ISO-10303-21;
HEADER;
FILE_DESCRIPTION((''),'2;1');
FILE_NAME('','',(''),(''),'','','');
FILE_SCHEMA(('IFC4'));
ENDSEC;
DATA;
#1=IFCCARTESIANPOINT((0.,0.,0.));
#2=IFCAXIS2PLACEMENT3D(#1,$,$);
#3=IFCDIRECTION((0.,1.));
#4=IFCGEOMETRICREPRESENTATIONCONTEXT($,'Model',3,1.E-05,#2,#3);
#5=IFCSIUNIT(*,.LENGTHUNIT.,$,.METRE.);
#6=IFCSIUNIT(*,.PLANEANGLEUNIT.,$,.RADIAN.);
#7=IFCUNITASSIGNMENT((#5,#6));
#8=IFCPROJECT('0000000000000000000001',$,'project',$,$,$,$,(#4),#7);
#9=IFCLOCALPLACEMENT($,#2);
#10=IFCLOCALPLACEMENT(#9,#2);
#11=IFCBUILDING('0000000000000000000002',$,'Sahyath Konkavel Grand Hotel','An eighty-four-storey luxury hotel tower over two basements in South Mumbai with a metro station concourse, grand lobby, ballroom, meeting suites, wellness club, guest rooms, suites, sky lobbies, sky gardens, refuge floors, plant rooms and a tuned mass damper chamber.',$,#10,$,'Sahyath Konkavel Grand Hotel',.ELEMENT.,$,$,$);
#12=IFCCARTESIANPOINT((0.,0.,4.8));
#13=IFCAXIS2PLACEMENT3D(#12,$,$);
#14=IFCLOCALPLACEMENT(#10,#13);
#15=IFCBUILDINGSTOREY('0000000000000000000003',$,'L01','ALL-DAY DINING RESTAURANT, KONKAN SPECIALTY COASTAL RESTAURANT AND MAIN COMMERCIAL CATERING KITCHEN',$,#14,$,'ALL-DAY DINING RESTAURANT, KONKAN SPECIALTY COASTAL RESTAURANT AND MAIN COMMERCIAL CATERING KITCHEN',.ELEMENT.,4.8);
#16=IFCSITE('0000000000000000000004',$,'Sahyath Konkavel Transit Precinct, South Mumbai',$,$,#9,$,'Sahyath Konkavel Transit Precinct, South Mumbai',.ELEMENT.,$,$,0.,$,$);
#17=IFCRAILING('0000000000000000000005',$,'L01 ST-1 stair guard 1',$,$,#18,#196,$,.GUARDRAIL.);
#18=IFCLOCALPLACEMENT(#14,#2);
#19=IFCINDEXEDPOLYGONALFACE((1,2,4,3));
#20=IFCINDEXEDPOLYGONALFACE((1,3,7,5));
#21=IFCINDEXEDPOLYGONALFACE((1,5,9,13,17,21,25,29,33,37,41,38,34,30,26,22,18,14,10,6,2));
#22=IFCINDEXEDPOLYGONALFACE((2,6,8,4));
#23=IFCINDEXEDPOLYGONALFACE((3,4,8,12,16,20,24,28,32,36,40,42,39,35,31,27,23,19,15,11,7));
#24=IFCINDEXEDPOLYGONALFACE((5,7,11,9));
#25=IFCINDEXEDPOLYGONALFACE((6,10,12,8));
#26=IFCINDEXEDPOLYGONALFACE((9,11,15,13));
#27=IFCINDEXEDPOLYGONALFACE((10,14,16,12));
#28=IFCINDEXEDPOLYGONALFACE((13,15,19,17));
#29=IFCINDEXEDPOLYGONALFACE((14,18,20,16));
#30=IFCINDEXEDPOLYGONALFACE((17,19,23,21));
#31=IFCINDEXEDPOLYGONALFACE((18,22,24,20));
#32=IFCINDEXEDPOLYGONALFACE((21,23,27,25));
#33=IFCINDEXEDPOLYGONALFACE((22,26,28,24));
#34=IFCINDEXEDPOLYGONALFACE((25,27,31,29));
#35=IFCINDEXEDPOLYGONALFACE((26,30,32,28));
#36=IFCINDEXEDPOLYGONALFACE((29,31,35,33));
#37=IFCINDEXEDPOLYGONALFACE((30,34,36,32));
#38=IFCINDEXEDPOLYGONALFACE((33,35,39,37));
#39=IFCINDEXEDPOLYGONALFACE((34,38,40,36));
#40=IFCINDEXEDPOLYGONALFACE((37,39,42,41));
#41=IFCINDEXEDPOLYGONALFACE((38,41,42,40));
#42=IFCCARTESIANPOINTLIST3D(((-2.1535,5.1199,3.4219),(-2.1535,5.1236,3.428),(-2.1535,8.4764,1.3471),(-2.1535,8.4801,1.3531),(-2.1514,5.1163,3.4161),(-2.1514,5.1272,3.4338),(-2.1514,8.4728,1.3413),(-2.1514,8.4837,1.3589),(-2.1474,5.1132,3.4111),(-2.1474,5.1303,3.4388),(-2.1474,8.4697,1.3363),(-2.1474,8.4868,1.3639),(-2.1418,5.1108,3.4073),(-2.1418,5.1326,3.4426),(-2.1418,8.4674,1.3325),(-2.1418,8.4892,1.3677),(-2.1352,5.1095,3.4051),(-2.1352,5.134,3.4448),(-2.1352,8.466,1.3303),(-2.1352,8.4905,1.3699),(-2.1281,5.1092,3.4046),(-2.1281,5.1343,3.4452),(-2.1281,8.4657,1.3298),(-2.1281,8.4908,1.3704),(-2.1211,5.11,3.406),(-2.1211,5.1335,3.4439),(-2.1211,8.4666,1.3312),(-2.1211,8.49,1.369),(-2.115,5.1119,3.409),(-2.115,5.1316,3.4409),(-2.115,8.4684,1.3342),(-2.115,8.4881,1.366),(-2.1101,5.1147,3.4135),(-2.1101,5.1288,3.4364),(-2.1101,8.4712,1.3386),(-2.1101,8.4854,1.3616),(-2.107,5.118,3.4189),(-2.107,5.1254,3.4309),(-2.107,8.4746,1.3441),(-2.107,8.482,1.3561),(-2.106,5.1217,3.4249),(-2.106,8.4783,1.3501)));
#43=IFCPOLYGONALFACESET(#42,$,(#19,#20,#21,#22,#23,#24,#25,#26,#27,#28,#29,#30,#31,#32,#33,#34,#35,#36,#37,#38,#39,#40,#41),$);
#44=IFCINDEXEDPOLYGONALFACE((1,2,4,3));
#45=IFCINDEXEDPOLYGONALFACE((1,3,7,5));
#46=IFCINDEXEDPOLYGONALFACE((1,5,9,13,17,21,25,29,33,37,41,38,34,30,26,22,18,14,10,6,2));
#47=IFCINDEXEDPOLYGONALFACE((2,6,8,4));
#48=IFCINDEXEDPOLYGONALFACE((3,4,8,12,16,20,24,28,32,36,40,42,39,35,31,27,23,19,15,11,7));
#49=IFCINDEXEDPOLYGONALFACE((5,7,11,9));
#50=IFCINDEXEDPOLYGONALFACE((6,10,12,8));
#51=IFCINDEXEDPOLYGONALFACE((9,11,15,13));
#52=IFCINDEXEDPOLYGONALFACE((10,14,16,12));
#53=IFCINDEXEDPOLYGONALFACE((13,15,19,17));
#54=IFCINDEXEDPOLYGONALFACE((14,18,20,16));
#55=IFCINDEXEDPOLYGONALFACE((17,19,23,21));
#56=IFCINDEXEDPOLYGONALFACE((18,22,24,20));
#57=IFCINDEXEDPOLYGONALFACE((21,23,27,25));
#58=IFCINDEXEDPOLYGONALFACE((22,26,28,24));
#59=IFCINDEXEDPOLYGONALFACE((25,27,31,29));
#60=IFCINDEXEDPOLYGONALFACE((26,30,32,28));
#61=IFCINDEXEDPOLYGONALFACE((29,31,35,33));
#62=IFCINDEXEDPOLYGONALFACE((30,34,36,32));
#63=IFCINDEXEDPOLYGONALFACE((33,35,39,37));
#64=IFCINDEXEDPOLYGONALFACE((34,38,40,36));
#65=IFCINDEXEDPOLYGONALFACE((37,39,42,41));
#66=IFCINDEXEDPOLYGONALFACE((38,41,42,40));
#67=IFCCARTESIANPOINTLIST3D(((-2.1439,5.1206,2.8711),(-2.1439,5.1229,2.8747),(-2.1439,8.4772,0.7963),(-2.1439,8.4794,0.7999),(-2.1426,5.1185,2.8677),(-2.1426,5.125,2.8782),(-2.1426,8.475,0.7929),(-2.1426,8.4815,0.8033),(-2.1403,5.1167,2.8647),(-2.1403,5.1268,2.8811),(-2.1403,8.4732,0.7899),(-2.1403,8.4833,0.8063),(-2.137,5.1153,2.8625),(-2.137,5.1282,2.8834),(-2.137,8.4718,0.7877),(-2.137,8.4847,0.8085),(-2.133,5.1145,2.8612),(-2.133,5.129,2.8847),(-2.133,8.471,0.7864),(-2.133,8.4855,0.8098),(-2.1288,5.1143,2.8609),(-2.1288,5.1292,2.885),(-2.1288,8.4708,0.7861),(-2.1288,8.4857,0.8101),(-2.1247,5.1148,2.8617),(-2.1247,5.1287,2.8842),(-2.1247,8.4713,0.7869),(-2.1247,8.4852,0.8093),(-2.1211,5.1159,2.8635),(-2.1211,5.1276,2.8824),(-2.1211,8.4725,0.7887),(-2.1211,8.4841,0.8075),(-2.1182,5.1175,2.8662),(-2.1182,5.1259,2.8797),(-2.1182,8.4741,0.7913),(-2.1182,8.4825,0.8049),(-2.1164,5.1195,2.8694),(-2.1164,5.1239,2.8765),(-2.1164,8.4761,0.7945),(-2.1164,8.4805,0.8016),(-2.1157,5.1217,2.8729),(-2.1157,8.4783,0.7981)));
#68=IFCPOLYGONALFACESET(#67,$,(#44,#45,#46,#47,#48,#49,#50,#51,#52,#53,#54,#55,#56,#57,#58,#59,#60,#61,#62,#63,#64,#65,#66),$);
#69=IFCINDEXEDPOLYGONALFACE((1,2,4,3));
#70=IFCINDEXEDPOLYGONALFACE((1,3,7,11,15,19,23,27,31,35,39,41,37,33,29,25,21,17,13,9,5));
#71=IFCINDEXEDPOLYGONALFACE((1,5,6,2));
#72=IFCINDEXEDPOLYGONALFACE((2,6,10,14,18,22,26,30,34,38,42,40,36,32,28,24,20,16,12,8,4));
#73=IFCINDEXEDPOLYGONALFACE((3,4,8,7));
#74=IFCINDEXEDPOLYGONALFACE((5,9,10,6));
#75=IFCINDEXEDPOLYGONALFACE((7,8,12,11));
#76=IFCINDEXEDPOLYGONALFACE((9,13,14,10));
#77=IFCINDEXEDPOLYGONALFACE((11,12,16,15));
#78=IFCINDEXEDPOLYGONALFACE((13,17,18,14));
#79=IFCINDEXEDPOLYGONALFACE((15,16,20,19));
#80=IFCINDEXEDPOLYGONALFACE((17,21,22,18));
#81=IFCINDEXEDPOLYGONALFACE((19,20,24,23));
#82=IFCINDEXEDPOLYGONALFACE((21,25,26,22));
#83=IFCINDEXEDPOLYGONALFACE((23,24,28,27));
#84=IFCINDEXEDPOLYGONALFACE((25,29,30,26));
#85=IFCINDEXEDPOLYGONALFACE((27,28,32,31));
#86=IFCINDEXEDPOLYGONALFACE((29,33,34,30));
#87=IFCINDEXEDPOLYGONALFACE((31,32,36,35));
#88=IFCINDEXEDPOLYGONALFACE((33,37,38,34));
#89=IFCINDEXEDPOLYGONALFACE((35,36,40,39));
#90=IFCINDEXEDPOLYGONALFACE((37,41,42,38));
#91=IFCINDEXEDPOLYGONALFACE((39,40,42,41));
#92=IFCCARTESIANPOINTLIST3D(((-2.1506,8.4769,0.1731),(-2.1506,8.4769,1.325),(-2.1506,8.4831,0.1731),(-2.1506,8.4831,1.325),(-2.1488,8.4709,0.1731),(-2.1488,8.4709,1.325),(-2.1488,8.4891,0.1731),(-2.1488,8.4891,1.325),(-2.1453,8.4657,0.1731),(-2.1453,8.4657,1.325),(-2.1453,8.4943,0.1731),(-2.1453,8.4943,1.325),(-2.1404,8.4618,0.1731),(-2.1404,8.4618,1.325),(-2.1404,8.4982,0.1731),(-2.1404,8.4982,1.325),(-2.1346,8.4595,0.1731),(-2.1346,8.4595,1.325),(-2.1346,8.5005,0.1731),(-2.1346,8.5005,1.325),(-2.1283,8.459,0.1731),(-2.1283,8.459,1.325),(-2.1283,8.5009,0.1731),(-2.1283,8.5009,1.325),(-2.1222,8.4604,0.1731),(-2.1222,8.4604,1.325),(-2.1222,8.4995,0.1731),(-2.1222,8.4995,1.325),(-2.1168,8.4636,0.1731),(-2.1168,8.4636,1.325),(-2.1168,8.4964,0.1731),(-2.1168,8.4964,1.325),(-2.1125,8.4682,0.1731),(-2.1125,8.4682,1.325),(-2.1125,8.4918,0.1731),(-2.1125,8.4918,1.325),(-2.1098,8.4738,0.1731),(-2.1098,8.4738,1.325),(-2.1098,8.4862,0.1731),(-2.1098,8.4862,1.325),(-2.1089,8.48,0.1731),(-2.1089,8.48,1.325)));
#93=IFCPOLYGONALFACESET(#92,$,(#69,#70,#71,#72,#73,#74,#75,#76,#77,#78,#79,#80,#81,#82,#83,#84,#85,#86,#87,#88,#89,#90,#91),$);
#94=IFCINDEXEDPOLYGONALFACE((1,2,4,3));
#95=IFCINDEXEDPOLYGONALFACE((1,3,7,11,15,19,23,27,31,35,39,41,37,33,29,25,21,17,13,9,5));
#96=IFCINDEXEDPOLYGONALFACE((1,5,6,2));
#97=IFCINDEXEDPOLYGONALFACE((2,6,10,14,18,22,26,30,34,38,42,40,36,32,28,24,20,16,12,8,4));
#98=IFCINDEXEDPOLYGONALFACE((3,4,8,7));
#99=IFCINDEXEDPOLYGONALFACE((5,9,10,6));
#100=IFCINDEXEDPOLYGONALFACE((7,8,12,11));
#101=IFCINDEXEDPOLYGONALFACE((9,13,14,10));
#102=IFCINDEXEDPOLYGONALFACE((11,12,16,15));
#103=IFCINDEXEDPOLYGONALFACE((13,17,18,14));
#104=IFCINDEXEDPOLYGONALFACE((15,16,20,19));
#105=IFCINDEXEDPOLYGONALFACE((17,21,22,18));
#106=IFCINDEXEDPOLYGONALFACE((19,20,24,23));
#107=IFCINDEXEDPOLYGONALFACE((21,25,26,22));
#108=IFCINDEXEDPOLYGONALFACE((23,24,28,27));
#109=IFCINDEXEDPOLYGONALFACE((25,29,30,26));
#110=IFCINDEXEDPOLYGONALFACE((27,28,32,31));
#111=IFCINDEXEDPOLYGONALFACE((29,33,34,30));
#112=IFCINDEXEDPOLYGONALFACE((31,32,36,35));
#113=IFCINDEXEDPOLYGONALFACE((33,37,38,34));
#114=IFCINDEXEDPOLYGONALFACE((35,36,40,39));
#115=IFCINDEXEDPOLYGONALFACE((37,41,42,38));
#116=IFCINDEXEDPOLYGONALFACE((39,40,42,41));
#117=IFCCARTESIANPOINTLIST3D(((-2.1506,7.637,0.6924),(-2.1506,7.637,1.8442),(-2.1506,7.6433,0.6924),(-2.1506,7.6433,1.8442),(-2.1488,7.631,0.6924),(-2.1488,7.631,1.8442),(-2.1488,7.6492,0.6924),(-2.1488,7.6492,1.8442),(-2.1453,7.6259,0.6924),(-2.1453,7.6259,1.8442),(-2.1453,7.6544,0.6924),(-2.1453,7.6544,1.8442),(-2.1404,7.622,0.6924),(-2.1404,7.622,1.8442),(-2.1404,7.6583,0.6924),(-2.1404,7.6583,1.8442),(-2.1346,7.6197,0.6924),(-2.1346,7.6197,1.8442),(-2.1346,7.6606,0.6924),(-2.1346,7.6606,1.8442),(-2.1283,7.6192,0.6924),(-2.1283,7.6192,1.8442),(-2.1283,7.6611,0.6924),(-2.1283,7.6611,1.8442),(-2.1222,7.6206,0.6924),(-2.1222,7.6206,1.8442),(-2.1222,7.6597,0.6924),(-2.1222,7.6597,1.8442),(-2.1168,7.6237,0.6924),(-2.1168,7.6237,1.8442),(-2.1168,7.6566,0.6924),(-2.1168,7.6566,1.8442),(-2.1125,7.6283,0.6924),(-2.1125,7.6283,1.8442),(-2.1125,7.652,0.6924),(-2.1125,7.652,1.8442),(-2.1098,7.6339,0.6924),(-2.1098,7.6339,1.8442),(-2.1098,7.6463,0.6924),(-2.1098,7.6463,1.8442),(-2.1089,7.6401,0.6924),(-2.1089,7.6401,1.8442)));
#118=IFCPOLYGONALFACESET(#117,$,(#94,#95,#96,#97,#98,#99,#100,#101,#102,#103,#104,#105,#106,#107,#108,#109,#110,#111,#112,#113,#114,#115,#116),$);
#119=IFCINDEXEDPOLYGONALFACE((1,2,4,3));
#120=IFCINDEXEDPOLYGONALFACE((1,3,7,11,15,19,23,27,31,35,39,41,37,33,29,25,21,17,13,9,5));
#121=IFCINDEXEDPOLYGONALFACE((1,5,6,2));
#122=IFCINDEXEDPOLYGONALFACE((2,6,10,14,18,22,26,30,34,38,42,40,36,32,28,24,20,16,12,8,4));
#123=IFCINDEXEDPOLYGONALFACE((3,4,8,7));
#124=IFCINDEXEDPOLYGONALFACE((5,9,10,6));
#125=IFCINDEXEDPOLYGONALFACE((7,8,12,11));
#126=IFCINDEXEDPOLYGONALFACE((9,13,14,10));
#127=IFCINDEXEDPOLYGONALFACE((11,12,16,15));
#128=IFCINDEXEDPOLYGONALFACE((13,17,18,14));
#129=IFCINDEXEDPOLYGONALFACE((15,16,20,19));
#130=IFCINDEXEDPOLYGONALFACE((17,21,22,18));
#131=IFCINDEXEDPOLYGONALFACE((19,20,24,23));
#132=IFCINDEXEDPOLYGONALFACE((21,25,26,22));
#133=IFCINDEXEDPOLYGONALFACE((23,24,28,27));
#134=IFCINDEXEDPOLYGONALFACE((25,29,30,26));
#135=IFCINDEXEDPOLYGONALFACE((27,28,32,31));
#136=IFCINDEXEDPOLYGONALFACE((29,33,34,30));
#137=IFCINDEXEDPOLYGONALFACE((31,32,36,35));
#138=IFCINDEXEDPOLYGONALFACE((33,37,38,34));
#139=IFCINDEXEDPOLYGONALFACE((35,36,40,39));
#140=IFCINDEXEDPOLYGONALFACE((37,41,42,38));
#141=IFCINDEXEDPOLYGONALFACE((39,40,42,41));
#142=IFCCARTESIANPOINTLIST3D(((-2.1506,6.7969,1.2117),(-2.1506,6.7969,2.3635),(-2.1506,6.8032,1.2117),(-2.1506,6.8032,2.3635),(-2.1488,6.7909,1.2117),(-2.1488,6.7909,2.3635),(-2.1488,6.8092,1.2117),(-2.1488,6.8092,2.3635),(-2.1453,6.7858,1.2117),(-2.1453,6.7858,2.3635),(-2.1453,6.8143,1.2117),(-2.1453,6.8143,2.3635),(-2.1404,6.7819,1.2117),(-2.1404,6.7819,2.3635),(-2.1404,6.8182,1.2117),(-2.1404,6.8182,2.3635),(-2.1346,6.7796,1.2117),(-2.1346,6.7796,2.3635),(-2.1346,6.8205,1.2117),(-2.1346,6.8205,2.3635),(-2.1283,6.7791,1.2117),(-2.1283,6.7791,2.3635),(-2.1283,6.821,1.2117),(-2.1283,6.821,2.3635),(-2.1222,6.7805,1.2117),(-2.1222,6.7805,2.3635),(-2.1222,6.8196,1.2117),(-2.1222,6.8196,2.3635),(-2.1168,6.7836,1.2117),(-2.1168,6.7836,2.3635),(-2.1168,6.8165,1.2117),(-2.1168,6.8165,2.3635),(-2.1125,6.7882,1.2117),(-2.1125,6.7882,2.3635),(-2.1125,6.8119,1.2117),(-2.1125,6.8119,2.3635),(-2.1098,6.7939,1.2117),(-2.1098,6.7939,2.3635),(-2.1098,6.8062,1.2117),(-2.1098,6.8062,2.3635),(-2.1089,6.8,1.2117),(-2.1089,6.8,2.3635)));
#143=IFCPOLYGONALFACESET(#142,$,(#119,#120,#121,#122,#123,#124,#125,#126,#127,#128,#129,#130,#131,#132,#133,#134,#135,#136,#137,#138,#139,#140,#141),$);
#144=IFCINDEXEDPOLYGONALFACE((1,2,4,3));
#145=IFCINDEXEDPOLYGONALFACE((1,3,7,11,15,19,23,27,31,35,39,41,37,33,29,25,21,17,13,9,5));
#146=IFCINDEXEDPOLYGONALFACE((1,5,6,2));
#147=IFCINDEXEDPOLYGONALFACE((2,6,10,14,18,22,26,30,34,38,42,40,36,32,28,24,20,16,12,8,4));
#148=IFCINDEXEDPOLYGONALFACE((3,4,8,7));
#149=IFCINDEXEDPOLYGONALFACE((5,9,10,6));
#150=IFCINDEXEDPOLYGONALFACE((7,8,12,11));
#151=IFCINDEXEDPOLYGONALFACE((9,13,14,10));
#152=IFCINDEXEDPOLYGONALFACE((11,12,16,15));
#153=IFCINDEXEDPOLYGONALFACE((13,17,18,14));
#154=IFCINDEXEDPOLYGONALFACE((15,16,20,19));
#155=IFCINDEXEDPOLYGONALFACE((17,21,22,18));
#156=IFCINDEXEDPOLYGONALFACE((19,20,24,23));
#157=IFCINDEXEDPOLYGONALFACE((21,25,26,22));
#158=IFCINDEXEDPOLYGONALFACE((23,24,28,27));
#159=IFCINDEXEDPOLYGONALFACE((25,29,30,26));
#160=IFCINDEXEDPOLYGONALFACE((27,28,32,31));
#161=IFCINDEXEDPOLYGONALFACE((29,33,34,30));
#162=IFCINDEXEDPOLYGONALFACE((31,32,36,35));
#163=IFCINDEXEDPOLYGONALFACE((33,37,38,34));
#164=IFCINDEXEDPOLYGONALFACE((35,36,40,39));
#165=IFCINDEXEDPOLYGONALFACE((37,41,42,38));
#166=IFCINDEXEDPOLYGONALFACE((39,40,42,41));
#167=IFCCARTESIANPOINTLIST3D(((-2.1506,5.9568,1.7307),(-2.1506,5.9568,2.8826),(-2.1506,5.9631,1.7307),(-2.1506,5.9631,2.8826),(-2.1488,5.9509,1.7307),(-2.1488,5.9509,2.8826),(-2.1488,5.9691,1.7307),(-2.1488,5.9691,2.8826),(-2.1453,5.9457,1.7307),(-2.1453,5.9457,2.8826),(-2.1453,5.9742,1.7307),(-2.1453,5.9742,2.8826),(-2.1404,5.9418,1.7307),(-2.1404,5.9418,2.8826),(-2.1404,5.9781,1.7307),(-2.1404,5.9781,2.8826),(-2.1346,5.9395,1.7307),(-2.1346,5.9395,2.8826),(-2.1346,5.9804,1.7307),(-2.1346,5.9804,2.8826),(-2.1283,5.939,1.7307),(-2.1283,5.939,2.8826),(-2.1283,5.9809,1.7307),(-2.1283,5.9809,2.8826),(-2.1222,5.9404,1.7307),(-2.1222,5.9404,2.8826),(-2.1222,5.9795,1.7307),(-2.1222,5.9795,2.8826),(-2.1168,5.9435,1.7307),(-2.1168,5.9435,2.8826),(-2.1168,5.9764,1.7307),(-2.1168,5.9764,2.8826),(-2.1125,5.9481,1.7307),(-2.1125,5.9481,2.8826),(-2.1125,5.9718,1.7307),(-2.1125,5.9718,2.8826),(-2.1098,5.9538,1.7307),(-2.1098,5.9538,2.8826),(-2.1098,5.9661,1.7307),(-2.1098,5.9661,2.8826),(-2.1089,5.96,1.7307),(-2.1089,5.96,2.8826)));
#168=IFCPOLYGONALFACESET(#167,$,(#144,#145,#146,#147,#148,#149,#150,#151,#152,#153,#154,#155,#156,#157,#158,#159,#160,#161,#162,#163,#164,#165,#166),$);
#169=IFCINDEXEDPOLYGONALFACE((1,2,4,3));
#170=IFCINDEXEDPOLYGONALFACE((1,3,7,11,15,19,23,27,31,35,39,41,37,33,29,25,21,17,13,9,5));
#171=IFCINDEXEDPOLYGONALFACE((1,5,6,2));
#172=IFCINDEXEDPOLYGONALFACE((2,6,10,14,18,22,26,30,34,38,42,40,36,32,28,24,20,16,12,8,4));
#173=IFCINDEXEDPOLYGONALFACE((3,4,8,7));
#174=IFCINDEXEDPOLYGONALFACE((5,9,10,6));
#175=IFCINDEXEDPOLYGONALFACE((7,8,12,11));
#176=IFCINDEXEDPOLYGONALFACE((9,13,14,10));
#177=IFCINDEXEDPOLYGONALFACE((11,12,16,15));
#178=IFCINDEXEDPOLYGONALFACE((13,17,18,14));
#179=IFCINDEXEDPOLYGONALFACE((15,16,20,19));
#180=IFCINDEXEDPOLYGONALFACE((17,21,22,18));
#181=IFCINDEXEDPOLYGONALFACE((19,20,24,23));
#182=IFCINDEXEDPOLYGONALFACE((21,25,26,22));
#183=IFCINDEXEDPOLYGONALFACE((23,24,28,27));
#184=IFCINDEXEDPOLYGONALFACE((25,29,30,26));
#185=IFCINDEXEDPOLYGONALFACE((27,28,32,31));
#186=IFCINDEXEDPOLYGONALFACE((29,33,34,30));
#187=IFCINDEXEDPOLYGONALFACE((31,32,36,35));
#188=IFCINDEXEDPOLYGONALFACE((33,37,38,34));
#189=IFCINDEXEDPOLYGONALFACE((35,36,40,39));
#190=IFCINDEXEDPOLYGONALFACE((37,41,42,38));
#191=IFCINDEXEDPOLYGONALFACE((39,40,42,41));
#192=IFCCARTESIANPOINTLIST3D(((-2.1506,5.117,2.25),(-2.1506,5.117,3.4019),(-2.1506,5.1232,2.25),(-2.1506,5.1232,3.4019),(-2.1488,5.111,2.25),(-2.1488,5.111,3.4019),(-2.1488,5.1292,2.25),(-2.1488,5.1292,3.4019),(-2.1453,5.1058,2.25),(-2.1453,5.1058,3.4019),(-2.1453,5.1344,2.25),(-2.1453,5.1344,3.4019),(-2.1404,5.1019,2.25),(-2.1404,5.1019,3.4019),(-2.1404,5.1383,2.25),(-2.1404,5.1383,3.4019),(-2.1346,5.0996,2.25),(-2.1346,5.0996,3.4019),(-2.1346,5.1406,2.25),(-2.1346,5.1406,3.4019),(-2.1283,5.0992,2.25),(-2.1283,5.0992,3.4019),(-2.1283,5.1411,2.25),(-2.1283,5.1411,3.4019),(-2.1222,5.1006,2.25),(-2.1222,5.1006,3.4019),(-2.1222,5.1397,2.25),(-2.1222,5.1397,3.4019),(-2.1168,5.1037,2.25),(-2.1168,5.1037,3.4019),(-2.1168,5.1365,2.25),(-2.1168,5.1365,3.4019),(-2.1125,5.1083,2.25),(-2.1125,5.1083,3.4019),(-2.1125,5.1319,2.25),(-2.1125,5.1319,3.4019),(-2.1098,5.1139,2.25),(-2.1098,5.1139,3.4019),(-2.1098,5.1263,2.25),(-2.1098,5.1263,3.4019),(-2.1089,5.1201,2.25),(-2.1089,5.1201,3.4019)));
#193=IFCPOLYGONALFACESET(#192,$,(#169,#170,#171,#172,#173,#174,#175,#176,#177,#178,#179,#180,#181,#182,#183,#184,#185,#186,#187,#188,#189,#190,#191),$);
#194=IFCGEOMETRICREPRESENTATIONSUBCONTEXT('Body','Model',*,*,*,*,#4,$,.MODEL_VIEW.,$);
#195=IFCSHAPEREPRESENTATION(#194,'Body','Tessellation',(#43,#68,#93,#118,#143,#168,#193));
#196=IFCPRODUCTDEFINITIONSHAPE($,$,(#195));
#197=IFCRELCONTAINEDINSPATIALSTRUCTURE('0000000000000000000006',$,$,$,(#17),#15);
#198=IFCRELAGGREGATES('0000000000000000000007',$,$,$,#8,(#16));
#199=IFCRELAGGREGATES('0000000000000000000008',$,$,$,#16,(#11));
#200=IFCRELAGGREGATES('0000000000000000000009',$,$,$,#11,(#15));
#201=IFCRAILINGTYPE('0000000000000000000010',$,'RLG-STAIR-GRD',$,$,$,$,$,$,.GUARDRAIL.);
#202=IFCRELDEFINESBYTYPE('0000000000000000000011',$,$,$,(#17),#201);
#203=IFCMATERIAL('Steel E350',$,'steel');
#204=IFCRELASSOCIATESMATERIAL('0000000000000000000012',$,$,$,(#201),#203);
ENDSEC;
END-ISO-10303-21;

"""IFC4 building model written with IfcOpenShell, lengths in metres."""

from ifc_helpers import new_model, si_unit, direction, frame, origin, origin_2d, place, context, subcontext, project, spatial, circle, extrude, material, type_object, element, save


model = new_model("IFC4")

# Units and contexts
model_context = context("Model", 3, precision=1e-05, world=origin(), true_north=direction((0.0, 1.0)))
body_context = subcontext(model_context, "Body", "Model", "MODEL_VIEW")
ifc_project = project(units=[si_unit("LENGTHUNIT", "METRE"), si_unit("PLANEANGLEUNIT", "RADIAN")], contexts=[model_context])

# Site, building, storey
site_placement = place(None, origin())
site = spatial("IfcSite", under=ifc_project, at=site_placement, Name="Sahyath Konkavel Transit Precinct, South Mumbai", LongName="Sahyath Konkavel Transit Precinct, South Mumbai", CompositionType="ELEMENT", RefElevation=0.0)
building_placement = place(site_placement, origin())
building = spatial("IfcBuilding", under=site, at=building_placement, Name="Sahyath Konkavel Grand Hotel", Description="An eighty-four-storey luxury hotel tower over two basements in South Mumbai with a metro station concourse, grand lobby, ballroom, meeting suites, wellness club, guest rooms, suites, sky lobbies, sky gardens, refuge floors, plant rooms and a tuned mass damper chamber.", LongName="Sahyath Konkavel Grand Hotel", CompositionType="ELEMENT")
storey_placement = place(building_placement, frame((0.0, 0.0, 4.8)))
storey = spatial("IfcBuildingStorey", under=building, at=storey_placement, Name="L01", Description="ALL-DAY DINING RESTAURANT, KONKAN SPECIALTY COASTAL RESTAURANT AND MAIN COMMERCIAL CATERING KITCHEN", LongName="ALL-DAY DINING RESTAURANT, KONKAN SPECIALTY COASTAL RESTAURANT AND MAIN COMMERCIAL CATERING KITCHEN", CompositionType="ELEMENT", Elevation=4.8)

# Shared definitions
ifc_material_1 = material(Name="Steel E350", Category="steel")

# Railing
railing_type_1 = type_object("IfcRailingType", Name="RLG-STAIR-GRD", PredefinedType="GUARDRAIL", material=ifc_material_1)
railing_1_placement = place(storey_placement, frame((-2.1299, 8.48, 0.1731)))
element("IfcRailing", 1, at=railing_1_placement, inside=storey, type_object=railing_type_1, Name="L01 ST-1 stair guard 1", PredefinedType="GUARDRAIL", context=body_context, shape_type="SweptSolid", body=[
    extrude(circle(Radius=0.0239, at=origin_2d()), frame((0.0, -0.0017, 1.177), z_axis=(0.0, -0.850606, 0.525803), x_axis=(1.0, 0.0, 0.0)), (0.0, 0.0, 1.0), 3.946),
    extrude(circle(Radius=0.0142, at=origin_2d()), frame((0.0, -0.0017, 0.625), z_axis=(0.0, -0.850606, 0.525803), x_axis=(1.0, 0.0, 0.0)), (0.0, 0.0, 1.0), 3.946),
    extrude(circle(Radius=0.021, at=origin_2d()), origin(), (0.0, 0.0, 1.0), 1.1519),
    extrude(circle(Radius=0.021, at=origin_2d()), frame((0.0, -0.8398, 0.5193)), (0.0, 0.0, 1.0), 1.1519),
    extrude(circle(Radius=0.021, at=origin_2d()), frame((0.0, -1.6799, 1.0386)), (0.0, 0.0, 1.0), 1.1519),
    extrude(circle(Radius=0.021, at=origin_2d()), frame((0.0, -2.52, 1.5576)), (0.0, 0.0, 1.0), 1.1519),
    extrude(circle(Radius=0.021, at=origin_2d()), frame((0.0, -3.3599, 2.0769)), (0.0, 0.0, 1.0), 1.1519),
])

save(model, "model.ifc")
